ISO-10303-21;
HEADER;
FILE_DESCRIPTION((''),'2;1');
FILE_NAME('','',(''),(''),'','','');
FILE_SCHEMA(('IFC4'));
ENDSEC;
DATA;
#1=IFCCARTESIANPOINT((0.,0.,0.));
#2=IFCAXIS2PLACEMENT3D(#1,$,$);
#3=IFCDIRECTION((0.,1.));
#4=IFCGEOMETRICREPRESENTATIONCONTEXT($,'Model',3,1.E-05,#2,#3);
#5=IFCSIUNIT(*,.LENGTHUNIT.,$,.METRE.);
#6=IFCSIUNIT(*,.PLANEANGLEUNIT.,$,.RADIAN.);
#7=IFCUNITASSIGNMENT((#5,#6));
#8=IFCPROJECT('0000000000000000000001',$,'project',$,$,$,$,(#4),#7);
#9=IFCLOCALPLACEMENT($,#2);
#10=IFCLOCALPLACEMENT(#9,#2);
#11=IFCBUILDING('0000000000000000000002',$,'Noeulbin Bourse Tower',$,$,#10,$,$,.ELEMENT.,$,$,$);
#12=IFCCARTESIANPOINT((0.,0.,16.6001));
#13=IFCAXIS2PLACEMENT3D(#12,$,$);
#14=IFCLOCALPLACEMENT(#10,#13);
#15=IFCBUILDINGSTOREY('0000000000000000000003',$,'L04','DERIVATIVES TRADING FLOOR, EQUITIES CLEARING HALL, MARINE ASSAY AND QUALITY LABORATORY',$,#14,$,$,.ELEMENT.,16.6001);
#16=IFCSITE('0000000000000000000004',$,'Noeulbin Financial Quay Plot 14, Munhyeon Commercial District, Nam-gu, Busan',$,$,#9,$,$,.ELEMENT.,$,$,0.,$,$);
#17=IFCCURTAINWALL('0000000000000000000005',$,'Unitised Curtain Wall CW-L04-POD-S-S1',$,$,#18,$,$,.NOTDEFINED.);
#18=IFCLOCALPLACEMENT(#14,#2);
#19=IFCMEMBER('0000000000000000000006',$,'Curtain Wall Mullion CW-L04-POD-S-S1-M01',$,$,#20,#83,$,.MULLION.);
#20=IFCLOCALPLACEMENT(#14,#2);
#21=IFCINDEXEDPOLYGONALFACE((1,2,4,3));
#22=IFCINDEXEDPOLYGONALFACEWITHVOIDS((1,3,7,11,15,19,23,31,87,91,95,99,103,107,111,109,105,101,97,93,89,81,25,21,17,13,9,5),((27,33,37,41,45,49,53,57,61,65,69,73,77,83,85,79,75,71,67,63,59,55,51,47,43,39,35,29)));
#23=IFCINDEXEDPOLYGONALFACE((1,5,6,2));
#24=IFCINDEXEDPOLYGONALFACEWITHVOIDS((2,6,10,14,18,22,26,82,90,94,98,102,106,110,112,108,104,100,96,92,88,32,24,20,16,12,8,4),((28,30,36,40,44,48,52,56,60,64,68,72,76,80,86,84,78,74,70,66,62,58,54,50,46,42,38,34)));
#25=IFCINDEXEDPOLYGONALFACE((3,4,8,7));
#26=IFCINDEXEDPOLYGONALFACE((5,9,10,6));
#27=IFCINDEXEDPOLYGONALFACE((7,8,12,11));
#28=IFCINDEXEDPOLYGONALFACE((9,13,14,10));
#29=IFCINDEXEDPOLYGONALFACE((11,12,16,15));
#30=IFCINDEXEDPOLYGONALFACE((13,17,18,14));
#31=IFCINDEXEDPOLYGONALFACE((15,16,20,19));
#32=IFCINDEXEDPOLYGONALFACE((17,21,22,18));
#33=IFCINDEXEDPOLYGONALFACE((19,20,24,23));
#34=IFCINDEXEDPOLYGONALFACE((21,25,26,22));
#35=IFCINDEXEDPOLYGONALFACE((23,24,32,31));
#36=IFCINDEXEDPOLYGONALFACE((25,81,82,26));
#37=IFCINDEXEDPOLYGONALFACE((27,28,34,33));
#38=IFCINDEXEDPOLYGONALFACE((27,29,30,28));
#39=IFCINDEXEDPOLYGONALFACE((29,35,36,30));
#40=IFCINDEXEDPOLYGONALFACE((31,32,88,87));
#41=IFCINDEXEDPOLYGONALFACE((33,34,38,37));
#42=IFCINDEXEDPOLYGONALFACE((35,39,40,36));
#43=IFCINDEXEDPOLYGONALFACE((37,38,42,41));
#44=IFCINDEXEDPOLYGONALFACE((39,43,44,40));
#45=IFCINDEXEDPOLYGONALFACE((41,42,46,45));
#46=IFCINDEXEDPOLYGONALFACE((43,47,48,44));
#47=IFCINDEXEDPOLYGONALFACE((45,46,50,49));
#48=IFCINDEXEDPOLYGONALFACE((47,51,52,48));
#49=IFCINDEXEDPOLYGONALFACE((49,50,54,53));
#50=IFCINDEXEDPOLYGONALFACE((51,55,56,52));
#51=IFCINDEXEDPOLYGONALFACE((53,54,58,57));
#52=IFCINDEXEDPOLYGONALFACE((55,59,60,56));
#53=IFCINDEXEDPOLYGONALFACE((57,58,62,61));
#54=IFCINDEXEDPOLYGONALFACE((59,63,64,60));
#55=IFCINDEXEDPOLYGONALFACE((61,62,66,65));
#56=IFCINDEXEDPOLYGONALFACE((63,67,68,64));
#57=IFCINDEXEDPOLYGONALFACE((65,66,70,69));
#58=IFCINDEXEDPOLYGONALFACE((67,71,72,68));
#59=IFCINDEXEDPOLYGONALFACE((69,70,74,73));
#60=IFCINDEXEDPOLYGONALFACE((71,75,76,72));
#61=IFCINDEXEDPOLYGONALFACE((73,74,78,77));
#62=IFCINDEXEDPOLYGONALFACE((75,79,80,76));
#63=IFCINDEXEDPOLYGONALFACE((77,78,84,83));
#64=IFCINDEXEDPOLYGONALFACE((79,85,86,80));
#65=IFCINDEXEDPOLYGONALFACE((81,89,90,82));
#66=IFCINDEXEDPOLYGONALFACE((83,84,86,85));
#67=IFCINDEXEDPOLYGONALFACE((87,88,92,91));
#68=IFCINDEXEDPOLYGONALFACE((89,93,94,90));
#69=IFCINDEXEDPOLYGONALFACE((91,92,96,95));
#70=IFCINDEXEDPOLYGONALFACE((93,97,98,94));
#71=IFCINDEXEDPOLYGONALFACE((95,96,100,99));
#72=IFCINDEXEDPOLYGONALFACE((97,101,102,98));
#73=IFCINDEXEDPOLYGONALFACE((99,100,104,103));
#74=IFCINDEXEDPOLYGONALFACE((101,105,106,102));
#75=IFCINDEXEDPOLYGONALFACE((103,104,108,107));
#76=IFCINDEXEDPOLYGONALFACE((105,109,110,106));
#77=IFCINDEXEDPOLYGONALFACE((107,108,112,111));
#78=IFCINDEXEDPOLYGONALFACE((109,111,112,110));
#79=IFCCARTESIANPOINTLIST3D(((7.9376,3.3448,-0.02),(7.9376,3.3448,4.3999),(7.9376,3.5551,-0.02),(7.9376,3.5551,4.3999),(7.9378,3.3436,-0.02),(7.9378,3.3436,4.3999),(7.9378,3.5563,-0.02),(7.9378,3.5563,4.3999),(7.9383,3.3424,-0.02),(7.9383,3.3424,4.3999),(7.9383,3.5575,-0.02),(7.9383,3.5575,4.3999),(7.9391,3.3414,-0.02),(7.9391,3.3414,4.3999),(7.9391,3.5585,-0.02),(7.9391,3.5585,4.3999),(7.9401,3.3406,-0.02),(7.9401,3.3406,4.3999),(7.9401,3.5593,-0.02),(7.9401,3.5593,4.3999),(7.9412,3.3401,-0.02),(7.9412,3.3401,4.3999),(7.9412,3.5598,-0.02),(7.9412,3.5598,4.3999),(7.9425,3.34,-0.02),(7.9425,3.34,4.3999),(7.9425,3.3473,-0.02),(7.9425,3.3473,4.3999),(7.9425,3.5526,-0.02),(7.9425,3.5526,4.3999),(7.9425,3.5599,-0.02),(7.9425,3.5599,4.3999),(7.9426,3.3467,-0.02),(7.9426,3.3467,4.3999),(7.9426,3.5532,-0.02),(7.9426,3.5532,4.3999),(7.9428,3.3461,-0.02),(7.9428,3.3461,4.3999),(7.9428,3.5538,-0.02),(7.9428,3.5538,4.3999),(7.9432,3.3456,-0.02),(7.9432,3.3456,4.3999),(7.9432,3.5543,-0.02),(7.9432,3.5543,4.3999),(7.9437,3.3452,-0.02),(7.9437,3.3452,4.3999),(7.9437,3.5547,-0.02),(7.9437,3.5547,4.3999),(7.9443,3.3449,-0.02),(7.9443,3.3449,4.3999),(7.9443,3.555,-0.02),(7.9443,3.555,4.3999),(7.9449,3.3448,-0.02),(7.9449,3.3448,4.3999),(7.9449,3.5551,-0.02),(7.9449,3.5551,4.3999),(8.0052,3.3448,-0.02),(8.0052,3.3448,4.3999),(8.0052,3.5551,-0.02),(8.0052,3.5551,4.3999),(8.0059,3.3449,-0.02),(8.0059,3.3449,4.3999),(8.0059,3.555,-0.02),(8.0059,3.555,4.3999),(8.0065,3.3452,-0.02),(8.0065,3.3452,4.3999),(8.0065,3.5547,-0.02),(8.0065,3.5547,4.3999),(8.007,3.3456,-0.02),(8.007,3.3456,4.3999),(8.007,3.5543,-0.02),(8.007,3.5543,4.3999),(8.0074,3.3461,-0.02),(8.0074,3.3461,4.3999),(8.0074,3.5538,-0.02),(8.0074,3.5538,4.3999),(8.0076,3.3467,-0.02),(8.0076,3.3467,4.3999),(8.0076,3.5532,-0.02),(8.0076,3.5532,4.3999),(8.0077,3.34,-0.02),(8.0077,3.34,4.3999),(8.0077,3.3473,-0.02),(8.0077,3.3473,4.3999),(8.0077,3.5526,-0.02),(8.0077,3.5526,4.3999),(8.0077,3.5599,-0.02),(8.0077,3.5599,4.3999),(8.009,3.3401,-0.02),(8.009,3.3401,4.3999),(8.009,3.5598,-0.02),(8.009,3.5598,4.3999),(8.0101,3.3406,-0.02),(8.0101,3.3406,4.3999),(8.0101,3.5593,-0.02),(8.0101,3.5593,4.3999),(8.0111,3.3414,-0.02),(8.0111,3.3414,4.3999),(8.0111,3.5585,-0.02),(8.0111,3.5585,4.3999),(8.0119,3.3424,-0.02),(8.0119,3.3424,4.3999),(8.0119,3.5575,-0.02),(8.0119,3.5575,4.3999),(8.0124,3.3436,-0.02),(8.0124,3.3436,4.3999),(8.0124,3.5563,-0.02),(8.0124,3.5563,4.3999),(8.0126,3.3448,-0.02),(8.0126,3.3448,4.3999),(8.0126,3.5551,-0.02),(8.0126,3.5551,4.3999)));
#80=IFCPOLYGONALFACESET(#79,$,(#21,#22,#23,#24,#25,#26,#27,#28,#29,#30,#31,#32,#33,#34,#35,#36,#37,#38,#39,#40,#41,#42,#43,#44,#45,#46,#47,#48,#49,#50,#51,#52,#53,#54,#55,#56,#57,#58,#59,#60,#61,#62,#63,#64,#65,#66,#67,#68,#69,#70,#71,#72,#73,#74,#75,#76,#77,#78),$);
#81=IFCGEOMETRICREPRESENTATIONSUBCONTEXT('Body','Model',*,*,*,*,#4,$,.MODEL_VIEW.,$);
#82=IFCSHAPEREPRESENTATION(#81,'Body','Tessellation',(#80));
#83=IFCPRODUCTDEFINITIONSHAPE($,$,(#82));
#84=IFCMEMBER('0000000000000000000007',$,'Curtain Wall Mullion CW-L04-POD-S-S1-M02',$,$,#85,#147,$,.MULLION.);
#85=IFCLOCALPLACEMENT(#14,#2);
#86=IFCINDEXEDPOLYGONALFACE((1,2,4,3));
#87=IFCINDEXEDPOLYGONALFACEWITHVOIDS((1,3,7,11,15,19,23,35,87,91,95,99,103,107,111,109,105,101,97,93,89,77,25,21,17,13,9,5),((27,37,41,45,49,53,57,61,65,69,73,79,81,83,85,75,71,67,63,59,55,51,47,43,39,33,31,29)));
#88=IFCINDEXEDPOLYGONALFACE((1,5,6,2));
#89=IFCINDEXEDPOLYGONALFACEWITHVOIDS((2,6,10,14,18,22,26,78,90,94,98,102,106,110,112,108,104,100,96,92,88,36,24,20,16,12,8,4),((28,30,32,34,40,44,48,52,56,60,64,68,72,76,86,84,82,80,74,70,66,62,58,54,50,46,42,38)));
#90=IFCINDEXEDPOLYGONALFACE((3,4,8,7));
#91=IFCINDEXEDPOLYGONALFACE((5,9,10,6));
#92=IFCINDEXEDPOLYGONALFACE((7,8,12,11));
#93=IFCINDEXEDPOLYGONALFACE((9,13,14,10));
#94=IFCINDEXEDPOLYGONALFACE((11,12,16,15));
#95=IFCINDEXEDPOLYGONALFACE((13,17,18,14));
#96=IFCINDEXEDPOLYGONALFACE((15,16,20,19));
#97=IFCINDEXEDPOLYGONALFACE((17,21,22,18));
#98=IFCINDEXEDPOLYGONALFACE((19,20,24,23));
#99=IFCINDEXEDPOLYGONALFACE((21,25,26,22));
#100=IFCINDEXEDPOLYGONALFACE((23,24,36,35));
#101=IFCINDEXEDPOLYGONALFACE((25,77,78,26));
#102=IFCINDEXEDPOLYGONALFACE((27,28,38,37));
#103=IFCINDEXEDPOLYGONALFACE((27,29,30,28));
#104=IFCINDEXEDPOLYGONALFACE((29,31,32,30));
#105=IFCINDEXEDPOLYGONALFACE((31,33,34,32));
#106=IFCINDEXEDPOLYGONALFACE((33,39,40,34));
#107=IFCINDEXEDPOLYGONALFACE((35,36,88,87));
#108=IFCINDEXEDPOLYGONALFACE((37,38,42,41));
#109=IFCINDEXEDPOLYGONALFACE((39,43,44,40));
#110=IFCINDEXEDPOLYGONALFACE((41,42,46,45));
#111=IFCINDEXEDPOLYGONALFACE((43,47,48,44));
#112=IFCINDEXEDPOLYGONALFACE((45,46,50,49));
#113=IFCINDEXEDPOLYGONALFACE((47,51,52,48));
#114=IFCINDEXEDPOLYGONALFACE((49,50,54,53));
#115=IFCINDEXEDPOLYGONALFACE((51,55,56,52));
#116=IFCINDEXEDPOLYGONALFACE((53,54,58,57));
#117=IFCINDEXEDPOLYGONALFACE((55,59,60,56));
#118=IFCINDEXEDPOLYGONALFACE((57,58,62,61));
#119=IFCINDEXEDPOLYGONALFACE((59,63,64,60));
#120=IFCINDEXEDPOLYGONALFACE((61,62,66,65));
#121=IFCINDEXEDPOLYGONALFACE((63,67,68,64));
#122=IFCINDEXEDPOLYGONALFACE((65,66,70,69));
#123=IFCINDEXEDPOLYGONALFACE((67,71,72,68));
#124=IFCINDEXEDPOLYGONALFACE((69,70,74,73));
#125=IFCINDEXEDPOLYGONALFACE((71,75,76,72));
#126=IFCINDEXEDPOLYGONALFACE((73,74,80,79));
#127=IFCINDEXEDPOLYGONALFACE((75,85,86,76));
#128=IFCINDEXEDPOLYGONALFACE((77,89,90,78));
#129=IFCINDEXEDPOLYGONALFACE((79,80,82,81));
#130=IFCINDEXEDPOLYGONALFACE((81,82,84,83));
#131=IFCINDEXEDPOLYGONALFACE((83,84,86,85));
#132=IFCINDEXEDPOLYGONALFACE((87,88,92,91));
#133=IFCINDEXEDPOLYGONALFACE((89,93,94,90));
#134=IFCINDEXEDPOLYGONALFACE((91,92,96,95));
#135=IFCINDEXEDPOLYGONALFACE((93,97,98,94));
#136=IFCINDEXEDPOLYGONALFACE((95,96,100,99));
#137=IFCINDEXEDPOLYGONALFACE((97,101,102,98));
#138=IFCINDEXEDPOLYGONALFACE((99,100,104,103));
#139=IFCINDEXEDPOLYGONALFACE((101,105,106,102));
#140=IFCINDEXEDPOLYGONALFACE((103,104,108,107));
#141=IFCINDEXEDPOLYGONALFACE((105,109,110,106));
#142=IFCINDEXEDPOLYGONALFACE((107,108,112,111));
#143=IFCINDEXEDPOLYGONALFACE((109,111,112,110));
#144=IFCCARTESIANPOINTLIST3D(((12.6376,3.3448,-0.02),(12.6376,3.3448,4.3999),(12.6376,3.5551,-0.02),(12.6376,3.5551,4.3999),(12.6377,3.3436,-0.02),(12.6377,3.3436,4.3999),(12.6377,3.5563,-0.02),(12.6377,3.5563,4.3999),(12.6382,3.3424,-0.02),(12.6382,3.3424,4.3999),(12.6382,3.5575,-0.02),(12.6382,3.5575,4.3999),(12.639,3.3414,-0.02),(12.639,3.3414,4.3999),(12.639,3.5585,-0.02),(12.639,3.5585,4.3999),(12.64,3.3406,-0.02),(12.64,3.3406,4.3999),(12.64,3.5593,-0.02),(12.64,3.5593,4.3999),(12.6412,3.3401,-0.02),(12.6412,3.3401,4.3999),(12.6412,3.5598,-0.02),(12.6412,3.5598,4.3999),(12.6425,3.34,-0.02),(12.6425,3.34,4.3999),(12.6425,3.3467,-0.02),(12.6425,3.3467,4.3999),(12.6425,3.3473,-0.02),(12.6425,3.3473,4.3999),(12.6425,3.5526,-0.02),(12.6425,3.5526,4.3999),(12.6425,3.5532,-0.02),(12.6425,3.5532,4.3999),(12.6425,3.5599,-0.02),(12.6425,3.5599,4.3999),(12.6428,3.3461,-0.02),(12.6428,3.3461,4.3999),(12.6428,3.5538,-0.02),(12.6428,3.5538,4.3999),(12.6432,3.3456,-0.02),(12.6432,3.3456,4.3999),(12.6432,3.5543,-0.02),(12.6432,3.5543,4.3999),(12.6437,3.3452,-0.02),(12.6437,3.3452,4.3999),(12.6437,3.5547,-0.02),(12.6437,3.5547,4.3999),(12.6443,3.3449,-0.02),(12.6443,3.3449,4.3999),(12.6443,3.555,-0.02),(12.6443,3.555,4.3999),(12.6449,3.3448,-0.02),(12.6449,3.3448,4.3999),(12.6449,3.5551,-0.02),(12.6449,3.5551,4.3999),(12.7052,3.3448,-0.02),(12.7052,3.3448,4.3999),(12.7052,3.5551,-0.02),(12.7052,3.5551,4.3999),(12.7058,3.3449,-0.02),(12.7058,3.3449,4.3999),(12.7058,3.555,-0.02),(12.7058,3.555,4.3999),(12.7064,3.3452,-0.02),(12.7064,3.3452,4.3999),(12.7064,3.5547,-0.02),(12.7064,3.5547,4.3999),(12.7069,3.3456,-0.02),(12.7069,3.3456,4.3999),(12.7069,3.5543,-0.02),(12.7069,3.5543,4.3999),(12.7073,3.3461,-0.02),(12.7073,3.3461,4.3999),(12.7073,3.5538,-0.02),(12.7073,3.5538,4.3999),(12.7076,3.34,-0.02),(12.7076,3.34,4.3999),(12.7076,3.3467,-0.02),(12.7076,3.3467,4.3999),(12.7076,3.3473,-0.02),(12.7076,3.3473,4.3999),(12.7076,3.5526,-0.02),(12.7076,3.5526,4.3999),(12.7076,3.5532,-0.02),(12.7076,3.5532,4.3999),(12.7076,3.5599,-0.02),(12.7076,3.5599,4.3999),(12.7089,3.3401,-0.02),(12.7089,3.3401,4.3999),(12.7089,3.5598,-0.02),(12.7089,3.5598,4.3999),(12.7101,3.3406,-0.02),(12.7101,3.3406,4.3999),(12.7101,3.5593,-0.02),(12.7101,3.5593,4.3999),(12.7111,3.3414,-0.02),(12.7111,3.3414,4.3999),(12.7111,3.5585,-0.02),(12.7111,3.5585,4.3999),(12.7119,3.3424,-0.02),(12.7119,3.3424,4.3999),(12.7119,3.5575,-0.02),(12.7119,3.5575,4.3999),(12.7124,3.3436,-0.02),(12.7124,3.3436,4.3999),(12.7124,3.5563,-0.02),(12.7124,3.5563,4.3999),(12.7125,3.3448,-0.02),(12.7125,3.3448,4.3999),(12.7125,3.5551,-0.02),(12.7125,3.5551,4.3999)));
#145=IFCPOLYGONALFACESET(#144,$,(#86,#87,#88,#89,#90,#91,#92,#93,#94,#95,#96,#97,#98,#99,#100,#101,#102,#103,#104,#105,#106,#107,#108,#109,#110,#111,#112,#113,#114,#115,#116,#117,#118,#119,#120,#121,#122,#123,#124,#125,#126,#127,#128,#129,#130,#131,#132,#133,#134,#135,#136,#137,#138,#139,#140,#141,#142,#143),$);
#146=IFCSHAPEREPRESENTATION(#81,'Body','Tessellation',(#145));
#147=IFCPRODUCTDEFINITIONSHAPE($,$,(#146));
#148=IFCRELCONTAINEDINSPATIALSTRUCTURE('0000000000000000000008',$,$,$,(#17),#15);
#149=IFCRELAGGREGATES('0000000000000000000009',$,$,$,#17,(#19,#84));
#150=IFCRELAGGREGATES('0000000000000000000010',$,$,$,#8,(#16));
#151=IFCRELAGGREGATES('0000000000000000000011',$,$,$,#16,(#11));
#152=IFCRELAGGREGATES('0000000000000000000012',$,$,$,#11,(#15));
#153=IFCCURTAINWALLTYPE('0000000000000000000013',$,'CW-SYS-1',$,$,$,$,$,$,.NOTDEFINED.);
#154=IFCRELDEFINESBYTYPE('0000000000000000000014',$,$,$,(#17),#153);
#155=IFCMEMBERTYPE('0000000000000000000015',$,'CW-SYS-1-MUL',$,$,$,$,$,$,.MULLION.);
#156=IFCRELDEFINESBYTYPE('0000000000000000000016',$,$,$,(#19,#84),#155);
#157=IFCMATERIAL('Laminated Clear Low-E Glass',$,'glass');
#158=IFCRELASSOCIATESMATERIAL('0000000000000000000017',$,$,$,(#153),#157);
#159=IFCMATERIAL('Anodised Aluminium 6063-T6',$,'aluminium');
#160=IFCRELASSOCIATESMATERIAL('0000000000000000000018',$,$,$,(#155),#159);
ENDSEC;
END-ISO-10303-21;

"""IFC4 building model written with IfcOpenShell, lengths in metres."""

from ifc_helpers import new_model, si_unit, direction, frame, origin, origin_2d, place, context, subcontext, project, spatial, hollow_rectangle, extrude, material, material_profile, profile_set, type_object, element, aggregate, save


model = new_model("IFC4")

# Units and contexts
model_context = context("Model", 3, precision=1e-05, world=origin(), true_north=direction((0.0, 1.0)))
body_context = subcontext(model_context, "Body", "Model", "MODEL_VIEW")
ifc_project = project(units=[si_unit("LENGTHUNIT", "METRE"), si_unit("PLANEANGLEUNIT", "RADIAN")], contexts=[model_context])

# Site, building, storey
site_placement = place(None, origin())
site = spatial("IfcSite", under=ifc_project, at=site_placement, Name="Noeulbin Financial Quay Plot 14, Munhyeon Commercial District, Nam-gu, Busan", CompositionType="ELEMENT", RefElevation=0.0)
building_placement = place(site_placement, origin())
building = spatial("IfcBuilding", under=site, at=building_placement, Name="Noeulbin Bourse Tower", CompositionType="ELEMENT")
storey_placement = place(building_placement, frame((0.0, 0.0, 16.6001)))
storey = spatial("IfcBuildingStorey", under=building, at=storey_placement, Name="L04", Description="DERIVATIVES TRADING FLOOR, EQUITIES CLEARING HALL, MARINE ASSAY AND QUALITY LABORATORY", CompositionType="ELEMENT", Elevation=16.6001)

# Curtain wall, members
ifc_material_1 = material(Name="Laminated Clear Low-E Glass", Category="glass")
curtain_wall_type = type_object("IfcCurtainWallType", Name="CW-SYS-1", PredefinedType="NOTDEFINED", material=ifc_material_1)
curtain_wall_1_placement = place(storey_placement, origin())
curtain_wall_1 = element("IfcCurtainWall", 1, at=curtain_wall_1_placement, inside=storey, type_object=curtain_wall_type, Name="Unitised Curtain Wall CW-L04-POD-S-S1", PredefinedType="NOTDEFINED")
ifc_material_2 = material(Name="Anodised Aluminium 6063-T6", Category="aluminium")
ifc_material_profile_1 = material_profile(ifc_material_2, hollow_rectangle(XDim=0.075, YDim=0.22, WallThickness=0.0049, InnerFilletRadius=0.0024, OuterFilletRadius=0.0049, at=origin_2d()), Name="ALU-MULL-75x220x5", Category="LoadBearing")
ifc_profile_set_1 = profile_set([ifc_material_profile_1], Name="Anodised Aluminium 6063-T6")
member_type_1 = type_object("IfcMemberType", Name="CW-SYS-1-MUL", PredefinedType="MULLION", material=ifc_profile_set_1)
member_1_placement = place(storey_placement, frame((7.9751, 3.45, -0.02), z_axis=(0.0, 0.0, 1.0), x_axis=(1.0, 0.0, 0.0)))
member_1 = element("IfcMember", 2, at=member_1_placement, type_object=member_type_1, Name="Curtain Wall Mullion CW-L04-POD-S-S1-M01", PredefinedType="MULLION", context=body_context, shape_type="SweptSolid", body=[
    extrude(hollow_rectangle(XDim=0.075, YDim=0.22, WallThickness=0.0049, InnerFilletRadius=0.0024, OuterFilletRadius=0.0049, at=origin_2d()), origin(), (0.0, 0.0, 1.0), 4.4199),
])
member_2_placement = place(storey_placement, frame((12.675, 3.45, -0.02), z_axis=(0.0, 0.0, 1.0), x_axis=(1.0, 0.0, 0.0)))
member_2 = element("IfcMember", 3, at=member_2_placement, type_object=member_type_1, Name="Curtain Wall Mullion CW-L04-POD-S-S1-M02", PredefinedType="MULLION", context=body_context, shape_type="SweptSolid", body=[
    extrude(hollow_rectangle(XDim=0.075, YDim=0.22, WallThickness=0.0049, InnerFilletRadius=0.0024, OuterFilletRadius=0.0049, at=origin_2d()), origin(), (0.0, 0.0, 1.0), 4.4199),
])

aggregate(curtain_wall_1, [member_1, member_2])

save(model, "model.ifc")
